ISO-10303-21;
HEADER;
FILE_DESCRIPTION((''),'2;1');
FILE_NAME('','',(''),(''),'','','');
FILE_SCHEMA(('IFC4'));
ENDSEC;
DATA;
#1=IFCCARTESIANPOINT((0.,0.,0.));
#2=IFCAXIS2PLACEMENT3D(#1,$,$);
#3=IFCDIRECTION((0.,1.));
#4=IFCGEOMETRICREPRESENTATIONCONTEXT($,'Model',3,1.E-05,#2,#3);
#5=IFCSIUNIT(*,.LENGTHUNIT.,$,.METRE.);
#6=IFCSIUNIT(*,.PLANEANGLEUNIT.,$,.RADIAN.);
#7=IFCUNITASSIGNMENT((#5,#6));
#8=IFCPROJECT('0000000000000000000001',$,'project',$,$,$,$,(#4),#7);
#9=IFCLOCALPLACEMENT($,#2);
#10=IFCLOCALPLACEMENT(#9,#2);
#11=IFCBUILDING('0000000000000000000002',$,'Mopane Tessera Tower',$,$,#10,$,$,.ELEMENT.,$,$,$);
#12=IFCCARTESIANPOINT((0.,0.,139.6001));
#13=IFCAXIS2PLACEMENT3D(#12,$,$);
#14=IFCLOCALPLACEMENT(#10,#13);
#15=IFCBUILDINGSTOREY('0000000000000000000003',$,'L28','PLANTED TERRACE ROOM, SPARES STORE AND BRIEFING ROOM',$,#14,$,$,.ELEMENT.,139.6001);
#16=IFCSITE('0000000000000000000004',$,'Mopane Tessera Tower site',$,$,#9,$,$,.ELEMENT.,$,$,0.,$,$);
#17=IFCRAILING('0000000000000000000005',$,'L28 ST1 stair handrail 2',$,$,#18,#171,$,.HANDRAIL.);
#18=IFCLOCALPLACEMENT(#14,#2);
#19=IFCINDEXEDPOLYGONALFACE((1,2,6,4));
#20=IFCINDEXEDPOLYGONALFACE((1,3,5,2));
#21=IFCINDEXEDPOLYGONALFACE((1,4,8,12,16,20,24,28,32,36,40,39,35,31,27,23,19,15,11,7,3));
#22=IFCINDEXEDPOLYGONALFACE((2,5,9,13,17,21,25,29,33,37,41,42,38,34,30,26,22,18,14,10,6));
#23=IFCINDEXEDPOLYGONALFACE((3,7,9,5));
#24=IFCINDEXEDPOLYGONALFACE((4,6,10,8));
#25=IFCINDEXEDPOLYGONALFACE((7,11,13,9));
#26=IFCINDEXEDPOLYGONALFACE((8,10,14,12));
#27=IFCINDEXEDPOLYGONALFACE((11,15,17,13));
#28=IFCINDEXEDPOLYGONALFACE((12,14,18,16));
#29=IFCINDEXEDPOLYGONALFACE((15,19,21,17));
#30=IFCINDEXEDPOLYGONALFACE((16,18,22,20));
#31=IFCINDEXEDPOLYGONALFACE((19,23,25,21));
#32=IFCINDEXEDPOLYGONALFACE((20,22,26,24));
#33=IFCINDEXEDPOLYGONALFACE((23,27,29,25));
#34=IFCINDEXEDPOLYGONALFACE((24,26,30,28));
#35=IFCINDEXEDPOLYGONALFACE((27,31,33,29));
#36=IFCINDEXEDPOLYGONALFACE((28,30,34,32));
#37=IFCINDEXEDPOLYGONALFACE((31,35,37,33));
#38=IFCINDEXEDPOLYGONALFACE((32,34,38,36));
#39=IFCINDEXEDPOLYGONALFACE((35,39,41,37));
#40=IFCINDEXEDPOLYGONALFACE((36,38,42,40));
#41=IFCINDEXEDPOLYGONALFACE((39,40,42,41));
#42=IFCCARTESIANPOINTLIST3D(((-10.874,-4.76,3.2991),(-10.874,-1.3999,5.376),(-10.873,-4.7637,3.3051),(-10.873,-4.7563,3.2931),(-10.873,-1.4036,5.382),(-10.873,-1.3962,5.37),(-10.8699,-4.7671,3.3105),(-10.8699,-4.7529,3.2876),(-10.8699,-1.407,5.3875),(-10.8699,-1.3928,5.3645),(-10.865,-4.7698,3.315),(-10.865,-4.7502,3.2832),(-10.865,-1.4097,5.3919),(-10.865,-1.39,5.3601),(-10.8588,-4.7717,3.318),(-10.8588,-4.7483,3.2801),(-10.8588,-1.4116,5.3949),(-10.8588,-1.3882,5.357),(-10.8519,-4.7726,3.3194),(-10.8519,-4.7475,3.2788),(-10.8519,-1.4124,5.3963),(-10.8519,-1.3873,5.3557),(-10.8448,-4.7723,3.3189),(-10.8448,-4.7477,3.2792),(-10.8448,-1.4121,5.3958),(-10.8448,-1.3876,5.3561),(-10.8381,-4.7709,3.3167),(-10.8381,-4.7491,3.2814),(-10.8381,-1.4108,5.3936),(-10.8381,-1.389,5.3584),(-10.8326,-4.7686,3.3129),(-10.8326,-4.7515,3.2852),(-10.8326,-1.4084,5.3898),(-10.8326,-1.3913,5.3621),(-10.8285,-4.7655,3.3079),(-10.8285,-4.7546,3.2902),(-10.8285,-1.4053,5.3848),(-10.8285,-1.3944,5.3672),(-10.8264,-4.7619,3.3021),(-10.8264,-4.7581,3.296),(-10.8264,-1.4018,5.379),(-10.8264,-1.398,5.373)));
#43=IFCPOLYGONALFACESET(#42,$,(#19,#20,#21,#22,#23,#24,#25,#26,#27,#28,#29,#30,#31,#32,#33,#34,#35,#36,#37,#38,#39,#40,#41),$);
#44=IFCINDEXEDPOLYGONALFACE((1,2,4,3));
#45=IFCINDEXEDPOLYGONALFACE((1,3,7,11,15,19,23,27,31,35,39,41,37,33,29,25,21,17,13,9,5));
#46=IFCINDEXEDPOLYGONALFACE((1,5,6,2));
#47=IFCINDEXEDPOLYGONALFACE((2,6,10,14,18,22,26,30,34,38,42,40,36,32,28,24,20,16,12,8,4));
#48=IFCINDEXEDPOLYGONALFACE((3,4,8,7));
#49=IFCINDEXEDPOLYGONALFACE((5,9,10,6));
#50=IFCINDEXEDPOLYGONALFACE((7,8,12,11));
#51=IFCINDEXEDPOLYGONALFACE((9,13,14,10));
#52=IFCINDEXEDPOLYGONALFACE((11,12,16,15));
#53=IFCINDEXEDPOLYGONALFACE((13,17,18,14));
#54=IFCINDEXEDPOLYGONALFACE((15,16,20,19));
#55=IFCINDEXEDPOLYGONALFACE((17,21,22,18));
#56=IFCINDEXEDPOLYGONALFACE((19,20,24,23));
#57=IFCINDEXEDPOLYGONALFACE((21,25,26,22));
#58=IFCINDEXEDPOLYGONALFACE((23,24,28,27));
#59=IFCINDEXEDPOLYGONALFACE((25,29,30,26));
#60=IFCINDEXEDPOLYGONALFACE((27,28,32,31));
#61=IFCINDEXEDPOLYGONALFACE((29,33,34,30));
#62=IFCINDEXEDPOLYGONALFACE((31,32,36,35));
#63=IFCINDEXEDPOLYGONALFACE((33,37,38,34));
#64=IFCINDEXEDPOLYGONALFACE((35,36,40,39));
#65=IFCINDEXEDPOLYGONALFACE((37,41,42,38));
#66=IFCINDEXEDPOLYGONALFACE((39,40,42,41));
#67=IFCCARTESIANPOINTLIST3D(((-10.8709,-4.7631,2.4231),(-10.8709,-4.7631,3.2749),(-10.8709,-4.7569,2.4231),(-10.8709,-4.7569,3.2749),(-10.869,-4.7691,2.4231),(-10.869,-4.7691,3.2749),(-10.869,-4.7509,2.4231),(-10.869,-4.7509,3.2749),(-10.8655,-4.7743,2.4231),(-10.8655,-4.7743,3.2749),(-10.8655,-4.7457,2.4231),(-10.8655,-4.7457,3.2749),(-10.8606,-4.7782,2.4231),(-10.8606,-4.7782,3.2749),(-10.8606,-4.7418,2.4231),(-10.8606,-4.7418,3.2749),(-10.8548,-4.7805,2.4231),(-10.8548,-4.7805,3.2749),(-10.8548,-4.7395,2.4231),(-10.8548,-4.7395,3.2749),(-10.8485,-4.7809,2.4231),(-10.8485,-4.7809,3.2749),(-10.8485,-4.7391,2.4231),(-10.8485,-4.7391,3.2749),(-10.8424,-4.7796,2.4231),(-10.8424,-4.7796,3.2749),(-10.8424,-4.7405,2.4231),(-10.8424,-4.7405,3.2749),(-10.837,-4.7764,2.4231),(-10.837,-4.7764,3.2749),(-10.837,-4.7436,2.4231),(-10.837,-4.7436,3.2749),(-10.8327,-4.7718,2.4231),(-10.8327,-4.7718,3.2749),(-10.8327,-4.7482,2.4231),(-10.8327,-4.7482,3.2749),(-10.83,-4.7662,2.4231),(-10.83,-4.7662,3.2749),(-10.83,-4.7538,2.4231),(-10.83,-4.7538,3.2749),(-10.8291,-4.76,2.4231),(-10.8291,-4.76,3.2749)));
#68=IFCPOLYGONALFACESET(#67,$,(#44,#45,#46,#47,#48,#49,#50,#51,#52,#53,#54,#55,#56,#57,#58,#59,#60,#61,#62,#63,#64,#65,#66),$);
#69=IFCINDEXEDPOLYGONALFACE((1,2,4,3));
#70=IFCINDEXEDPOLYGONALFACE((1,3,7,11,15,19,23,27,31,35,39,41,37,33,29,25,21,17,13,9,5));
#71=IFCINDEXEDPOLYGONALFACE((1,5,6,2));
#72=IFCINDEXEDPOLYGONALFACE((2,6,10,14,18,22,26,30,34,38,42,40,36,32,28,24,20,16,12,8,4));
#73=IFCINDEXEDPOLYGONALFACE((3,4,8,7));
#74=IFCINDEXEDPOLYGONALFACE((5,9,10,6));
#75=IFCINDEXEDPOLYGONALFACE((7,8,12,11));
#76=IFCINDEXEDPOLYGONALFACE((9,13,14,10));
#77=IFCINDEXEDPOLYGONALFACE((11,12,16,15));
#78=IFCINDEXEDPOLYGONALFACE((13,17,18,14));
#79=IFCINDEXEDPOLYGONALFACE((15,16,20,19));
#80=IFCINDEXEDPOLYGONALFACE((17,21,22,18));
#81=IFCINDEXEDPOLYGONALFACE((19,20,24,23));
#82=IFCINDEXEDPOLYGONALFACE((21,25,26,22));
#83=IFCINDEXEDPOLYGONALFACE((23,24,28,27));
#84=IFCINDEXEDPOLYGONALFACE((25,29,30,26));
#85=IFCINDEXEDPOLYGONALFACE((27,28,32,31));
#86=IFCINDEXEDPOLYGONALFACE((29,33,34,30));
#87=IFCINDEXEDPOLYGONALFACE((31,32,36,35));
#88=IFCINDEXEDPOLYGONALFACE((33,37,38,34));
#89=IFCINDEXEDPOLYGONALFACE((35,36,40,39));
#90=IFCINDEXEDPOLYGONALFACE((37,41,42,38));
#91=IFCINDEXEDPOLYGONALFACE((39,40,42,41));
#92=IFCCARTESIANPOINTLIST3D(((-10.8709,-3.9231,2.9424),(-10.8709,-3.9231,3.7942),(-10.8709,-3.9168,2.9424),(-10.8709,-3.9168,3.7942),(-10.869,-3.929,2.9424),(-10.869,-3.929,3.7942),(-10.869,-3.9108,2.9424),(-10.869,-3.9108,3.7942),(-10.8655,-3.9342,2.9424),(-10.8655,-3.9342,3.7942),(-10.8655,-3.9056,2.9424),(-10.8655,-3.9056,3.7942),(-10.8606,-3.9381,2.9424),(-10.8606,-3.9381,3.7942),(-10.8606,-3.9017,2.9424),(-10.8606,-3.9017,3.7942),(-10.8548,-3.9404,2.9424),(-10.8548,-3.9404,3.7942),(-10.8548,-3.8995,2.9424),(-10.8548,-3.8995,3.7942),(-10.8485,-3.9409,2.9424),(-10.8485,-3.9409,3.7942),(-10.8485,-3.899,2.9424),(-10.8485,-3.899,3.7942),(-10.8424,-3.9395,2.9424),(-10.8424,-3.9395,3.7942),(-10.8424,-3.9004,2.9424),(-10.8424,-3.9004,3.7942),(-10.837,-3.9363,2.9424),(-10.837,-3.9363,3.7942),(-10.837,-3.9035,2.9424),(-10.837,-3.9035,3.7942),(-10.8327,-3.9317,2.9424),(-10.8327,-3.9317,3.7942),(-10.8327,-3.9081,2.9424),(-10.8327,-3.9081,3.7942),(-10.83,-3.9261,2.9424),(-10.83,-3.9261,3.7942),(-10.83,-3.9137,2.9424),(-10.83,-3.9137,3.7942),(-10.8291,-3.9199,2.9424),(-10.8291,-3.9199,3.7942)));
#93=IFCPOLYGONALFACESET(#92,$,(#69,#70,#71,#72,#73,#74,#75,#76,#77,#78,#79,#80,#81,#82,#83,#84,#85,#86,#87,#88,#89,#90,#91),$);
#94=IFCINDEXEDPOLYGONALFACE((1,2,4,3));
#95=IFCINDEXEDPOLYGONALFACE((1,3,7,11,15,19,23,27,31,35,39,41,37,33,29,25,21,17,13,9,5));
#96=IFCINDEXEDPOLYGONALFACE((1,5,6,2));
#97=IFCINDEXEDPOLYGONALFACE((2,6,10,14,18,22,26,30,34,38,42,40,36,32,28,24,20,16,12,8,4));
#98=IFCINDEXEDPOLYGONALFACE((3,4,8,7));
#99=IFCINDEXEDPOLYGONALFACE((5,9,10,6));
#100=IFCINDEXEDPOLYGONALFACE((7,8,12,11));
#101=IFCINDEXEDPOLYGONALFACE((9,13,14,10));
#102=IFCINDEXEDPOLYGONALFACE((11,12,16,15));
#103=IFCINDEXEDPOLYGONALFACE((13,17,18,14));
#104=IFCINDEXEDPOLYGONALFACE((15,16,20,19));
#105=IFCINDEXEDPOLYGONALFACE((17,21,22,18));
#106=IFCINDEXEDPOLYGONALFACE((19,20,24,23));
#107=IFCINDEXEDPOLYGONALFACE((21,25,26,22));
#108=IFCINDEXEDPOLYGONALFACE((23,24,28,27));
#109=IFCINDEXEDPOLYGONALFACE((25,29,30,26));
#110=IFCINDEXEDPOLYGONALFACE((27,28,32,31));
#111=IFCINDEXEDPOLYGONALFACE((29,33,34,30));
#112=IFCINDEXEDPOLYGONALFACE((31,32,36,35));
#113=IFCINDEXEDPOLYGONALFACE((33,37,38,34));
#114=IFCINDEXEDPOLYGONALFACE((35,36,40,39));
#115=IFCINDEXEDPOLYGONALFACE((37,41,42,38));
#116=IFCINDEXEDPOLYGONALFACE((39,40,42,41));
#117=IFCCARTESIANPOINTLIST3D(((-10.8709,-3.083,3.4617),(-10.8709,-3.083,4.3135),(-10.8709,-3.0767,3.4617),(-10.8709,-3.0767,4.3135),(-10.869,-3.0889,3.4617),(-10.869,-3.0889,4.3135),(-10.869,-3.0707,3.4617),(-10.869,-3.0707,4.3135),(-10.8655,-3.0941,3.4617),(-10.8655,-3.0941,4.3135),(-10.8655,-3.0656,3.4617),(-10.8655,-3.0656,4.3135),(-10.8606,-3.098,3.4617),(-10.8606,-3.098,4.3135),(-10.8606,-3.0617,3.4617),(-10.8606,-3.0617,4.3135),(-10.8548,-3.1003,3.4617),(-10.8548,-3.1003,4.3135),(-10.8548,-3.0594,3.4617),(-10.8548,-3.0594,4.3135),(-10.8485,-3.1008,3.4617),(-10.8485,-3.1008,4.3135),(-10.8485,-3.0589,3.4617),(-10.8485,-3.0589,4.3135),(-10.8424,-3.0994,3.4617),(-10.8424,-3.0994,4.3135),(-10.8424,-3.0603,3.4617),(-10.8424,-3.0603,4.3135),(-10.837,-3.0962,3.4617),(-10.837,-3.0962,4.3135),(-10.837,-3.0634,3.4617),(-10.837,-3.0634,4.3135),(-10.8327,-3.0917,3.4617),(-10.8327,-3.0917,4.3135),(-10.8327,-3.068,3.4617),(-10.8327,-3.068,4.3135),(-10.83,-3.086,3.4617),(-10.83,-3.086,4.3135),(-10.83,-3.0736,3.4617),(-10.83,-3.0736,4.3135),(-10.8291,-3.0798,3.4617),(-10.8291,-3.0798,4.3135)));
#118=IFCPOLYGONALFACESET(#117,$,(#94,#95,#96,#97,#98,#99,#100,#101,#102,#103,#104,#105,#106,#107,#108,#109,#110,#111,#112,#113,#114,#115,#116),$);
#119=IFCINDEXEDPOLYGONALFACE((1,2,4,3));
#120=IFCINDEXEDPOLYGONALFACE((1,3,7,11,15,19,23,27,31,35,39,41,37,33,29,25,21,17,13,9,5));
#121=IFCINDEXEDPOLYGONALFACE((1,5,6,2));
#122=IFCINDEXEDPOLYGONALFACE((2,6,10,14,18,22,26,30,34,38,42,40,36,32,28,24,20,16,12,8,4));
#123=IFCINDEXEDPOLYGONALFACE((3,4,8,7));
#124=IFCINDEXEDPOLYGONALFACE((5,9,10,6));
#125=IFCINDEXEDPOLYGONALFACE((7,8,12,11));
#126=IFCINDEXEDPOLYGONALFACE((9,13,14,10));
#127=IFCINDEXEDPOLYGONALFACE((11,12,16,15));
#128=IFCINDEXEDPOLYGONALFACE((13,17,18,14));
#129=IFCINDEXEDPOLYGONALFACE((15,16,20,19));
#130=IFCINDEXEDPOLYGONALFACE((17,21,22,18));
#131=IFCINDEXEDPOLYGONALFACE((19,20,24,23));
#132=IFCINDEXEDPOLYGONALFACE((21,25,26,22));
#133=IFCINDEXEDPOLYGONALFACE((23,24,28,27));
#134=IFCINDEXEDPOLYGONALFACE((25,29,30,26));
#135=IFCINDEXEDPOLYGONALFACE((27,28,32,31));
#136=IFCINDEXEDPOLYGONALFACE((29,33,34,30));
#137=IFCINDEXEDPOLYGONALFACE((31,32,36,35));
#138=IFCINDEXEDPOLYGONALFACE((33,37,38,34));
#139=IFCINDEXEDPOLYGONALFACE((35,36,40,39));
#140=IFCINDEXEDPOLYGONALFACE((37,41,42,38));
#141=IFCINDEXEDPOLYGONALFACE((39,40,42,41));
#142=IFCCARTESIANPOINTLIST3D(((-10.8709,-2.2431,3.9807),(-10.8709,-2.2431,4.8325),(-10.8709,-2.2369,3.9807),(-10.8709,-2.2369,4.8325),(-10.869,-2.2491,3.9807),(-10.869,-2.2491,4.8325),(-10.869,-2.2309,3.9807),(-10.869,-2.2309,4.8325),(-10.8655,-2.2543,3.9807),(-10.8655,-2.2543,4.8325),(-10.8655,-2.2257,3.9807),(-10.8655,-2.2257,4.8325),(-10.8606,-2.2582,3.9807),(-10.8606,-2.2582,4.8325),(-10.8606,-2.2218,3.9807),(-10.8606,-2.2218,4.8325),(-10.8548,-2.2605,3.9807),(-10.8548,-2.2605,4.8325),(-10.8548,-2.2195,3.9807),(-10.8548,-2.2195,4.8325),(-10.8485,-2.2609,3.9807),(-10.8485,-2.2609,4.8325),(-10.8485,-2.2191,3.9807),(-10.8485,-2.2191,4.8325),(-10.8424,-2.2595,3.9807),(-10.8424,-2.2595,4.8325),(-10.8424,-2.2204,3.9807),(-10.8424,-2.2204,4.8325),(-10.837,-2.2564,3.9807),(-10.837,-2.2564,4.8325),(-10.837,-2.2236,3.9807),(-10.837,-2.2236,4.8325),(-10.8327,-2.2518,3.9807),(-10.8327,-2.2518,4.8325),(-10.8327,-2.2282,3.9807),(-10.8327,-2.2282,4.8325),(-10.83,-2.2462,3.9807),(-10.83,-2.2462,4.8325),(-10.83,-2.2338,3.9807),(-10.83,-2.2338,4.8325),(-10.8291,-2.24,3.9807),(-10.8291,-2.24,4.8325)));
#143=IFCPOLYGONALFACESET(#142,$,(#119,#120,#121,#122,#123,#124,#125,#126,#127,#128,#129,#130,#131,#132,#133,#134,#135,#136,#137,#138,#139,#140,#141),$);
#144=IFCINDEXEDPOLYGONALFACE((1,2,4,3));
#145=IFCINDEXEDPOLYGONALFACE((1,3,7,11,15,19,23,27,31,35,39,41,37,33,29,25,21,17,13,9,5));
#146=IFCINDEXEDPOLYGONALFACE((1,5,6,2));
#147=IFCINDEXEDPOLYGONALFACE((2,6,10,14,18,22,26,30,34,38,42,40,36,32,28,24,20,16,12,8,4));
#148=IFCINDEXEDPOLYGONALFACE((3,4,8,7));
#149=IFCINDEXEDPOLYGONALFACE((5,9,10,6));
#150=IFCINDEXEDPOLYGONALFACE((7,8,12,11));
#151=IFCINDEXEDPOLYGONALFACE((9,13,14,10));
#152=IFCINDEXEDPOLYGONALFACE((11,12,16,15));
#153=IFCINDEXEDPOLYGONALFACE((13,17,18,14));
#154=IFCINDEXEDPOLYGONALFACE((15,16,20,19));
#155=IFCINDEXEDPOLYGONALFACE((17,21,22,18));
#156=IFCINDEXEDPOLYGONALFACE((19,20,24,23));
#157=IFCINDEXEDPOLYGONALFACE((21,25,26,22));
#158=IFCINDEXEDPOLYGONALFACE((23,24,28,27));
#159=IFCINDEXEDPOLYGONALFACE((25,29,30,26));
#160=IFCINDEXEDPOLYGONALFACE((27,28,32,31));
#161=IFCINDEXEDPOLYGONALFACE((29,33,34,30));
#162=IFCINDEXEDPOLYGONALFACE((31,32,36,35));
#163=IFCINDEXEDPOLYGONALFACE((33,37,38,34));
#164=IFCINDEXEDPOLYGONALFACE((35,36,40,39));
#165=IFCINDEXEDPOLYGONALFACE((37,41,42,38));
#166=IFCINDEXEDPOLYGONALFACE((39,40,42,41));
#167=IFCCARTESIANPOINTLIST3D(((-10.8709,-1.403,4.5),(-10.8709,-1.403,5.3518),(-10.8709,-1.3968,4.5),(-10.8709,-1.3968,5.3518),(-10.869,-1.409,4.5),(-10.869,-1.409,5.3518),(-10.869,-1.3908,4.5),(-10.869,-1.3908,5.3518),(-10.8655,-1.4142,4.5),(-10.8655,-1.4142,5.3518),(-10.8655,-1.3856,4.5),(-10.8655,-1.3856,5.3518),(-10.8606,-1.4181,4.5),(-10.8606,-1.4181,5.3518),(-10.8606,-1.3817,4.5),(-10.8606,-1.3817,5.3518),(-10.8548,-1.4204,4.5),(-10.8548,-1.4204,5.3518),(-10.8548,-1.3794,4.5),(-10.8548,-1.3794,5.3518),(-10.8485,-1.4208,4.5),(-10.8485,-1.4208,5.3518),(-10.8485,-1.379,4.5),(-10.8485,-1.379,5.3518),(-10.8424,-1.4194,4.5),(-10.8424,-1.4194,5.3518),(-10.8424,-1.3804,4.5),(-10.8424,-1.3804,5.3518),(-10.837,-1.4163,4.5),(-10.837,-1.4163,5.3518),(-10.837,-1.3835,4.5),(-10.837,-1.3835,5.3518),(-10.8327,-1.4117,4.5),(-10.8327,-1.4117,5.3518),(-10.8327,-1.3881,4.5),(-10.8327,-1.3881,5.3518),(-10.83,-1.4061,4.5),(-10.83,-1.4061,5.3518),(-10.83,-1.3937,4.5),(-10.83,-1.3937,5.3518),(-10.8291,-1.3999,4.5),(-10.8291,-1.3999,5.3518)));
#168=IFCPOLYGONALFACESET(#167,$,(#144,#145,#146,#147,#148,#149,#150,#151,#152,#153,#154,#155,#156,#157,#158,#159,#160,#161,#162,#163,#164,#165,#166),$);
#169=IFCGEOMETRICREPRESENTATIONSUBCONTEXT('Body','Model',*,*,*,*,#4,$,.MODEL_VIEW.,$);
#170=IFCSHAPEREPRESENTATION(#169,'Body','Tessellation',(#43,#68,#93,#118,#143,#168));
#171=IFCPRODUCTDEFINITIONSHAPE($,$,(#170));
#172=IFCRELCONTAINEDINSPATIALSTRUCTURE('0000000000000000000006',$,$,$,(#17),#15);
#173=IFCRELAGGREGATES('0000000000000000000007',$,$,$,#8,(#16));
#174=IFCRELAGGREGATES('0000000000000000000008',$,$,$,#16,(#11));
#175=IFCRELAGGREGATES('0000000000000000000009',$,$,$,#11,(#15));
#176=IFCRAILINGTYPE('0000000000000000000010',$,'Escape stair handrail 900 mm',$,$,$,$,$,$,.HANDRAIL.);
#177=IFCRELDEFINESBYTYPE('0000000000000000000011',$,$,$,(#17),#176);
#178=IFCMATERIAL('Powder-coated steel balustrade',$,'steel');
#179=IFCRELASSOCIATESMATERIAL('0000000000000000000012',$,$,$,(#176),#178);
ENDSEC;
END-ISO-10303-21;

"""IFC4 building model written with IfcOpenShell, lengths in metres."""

from ifc_helpers import new_model, si_unit, direction, frame, origin, origin_2d, place, context, subcontext, project, spatial, circle, extrude, material, type_object, element, save


model = new_model("IFC4")

# Units and contexts
model_context = context("Model", 3, precision=1e-05, world=origin(), true_north=direction((0.0, 1.0)))
body_context = subcontext(model_context, "Body", "Model", "MODEL_VIEW")
ifc_project = project(units=[si_unit("LENGTHUNIT", "METRE"), si_unit("PLANEANGLEUNIT", "RADIAN")], contexts=[model_context])

# Site, building, storey
site_placement = place(None, origin())
site = spatial("IfcSite", under=ifc_project, at=site_placement, Name="Mopane Tessera Tower site", CompositionType="ELEMENT", RefElevation=0.0)
building_placement = place(site_placement, origin())
building = spatial("IfcBuilding", under=site, at=building_placement, Name="Mopane Tessera Tower", CompositionType="ELEMENT")
storey_placement = place(building_placement, frame((0.0, 0.0, 139.6001)))
storey = spatial("IfcBuildingStorey", under=building, at=storey_placement, Name="L28", Description="PLANTED TERRACE ROOM, SPARES STORE AND BRIEFING ROOM", CompositionType="ELEMENT", Elevation=139.6001)

# Railing
ifc_material_1 = material(Name="Powder-coated steel balustrade", Category="steel")
railing_type_1 = type_object("IfcRailingType", Name="Escape stair handrail 900 mm", PredefinedType="HANDRAIL", material=ifc_material_1)
railing_1_placement = place(storey_placement, frame((-10.8501, -4.76, 2.4231)))
element("IfcRailing", 1, at=railing_1_placement, inside=storey, type_object=railing_type_1, Name="L28 ST1 stair handrail 2", PredefinedType="HANDRAIL", context=body_context, shape_type="SweptSolid", body=[
    extrude(circle(Radius=0.0239, at=origin_2d()), frame((0.0, 0.0, 0.876), z_axis=(0.0, 0.850623, 0.525776), x_axis=(-1.0, 0.0, 0.0)), (0.0, 0.0, 1.0), 3.9502),
    extrude(circle(Radius=0.021, at=origin_2d()), origin(), (0.0, 0.0, 1.0), 0.8518),
    extrude(circle(Radius=0.021, at=origin_2d()), frame((0.0, 0.8401, 0.5193)), (0.0, 0.0, 1.0), 0.8518),
    extrude(circle(Radius=0.021, at=origin_2d()), frame((0.0, 1.6802, 1.0386)), (0.0, 0.0, 1.0), 0.8518),
    extrude(circle(Radius=0.021, at=origin_2d()), frame((0.0, 2.52, 1.5576)), (0.0, 0.0, 1.0), 0.8518),
    extrude(circle(Radius=0.021, at=origin_2d()), frame((0.0, 3.3601, 2.0769)), (0.0, 0.0, 1.0), 0.8518),
])

save(model, "model.ifc")
